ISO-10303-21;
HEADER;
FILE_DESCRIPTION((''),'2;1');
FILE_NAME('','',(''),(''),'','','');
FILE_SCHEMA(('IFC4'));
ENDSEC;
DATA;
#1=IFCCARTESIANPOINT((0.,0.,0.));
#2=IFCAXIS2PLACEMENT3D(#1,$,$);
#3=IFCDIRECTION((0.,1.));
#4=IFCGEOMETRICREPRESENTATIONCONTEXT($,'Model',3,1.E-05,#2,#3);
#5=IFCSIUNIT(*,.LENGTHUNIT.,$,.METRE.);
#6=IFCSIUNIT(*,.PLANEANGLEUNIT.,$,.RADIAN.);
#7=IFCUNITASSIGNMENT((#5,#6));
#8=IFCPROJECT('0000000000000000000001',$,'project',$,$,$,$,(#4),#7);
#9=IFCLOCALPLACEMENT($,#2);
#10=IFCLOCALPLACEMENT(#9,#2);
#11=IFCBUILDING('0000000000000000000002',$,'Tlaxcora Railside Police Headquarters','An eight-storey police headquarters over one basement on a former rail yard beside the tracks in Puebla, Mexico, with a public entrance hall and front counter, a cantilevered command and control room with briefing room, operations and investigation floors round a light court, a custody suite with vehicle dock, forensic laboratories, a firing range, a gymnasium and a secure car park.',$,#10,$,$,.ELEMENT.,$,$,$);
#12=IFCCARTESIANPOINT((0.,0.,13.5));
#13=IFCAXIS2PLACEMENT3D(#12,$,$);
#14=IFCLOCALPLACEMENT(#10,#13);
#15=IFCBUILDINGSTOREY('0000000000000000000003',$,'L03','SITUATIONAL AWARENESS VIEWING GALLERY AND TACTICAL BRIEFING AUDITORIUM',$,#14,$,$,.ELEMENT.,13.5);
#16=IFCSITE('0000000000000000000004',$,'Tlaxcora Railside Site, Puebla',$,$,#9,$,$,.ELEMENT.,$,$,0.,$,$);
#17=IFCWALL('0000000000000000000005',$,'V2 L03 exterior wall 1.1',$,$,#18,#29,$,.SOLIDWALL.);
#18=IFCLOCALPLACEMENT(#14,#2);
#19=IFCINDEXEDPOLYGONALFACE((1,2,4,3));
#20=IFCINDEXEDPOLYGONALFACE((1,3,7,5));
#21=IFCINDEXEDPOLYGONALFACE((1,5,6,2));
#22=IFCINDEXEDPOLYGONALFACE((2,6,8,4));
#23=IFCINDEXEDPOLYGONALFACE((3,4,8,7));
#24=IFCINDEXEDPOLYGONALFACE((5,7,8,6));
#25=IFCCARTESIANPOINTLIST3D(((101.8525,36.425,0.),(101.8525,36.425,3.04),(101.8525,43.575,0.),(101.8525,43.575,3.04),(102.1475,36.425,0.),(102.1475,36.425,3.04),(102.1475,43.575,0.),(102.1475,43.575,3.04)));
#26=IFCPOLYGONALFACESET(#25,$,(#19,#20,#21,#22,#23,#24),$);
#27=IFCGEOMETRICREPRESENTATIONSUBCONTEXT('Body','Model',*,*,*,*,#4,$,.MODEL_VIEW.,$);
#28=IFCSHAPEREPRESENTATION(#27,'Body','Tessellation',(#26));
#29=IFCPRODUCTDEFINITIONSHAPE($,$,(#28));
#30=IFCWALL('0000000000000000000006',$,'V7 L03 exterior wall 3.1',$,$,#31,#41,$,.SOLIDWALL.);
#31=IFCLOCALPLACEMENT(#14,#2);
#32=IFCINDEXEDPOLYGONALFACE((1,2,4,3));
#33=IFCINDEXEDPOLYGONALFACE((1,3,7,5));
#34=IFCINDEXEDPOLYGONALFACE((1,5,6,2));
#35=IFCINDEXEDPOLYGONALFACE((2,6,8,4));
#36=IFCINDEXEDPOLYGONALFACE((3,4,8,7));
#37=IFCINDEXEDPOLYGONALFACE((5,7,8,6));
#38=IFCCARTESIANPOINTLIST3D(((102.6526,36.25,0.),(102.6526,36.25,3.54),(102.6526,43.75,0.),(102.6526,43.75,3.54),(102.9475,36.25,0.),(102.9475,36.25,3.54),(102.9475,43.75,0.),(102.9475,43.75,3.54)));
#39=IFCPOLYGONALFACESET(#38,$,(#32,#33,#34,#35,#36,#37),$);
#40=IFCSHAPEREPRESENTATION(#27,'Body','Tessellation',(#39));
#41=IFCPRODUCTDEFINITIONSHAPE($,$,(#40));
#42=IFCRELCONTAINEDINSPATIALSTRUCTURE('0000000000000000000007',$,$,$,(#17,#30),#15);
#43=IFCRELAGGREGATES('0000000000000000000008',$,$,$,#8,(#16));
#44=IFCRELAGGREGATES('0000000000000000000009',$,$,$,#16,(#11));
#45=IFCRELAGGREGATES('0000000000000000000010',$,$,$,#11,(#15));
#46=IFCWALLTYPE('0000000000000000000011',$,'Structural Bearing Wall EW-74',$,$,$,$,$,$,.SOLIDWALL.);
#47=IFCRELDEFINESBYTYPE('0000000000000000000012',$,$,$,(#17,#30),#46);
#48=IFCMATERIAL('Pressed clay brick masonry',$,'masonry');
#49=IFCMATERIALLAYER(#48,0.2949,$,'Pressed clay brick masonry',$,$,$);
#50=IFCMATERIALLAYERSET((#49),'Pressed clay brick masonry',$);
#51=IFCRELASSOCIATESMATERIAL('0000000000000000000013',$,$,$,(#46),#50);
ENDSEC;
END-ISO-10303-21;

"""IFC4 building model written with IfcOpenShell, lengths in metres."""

from ifc_helpers import new_model, si_unit, direction, frame, frame_2d, origin, place, context, subcontext, project, spatial, rectangle, extrude, material, layer, layer_set, type_object, element, save


model = new_model("IFC4")

# Units and contexts
model_context = context("Model", 3, precision=1e-05, world=origin(), true_north=direction((0.0, 1.0)))
body_context = subcontext(model_context, "Body", "Model", "MODEL_VIEW")
ifc_project = project(units=[si_unit("LENGTHUNIT", "METRE"), si_unit("PLANEANGLEUNIT", "RADIAN")], contexts=[model_context])

# Site, building, storey
site_placement = place(None, origin())
site = spatial("IfcSite", under=ifc_project, at=site_placement, Name="Tlaxcora Railside Site, Puebla", CompositionType="ELEMENT", RefElevation=0.0)
building_placement = place(site_placement, origin())
building = spatial("IfcBuilding", under=site, at=building_placement, Name="Tlaxcora Railside Police Headquarters", Description="An eight-storey police headquarters over one basement on a former rail yard beside the tracks in Puebla, Mexico, with a public entrance hall and front counter, a cantilevered command and control room with briefing room, operations and investigation floors round a light court, a custody suite with vehicle dock, forensic laboratories, a firing range, a gymnasium and a secure car park.", CompositionType="ELEMENT")
storey_placement = place(building_placement, frame((0.0, 0.0, 13.5)))
storey = spatial("IfcBuildingStorey", under=building, at=storey_placement, Name="L03", Description="SITUATIONAL AWARENESS VIEWING GALLERY AND TACTICAL BRIEFING AUDITORIUM", CompositionType="ELEMENT", Elevation=13.5)

# Walls
ifc_material_1 = material(Name="Pressed clay brick masonry", Category="masonry")
ifc_layer_1 = layer(ifc_material_1, 0.2949, Name="Pressed clay brick masonry")
ifc_layer_set_1 = layer_set([ifc_layer_1], Name="Pressed clay brick masonry")
wall_type_1 = type_object("IfcWallType", Name="Structural Bearing Wall EW-74", PredefinedType="SOLIDWALL", material=ifc_layer_set_1)
wall_1_placement = place(storey_placement, frame((102.0, 36.425, 0.0), z_axis=(0.0, 0.0, 1.0), x_axis=(0.0, 1.0, 0.0)))
element("IfcWall", 1, at=wall_1_placement, inside=storey, type_object=wall_type_1, Name="V2 L03 exterior wall 1.1", PredefinedType="SOLIDWALL", context=body_context, shape_type="SweptSolid", body=[
    extrude(rectangle(XDim=7.1499, YDim=0.2949, at=frame_2d((3.575, 0.0))), origin(), (0.0, 0.0, 1.0), 3.04),
])
wall_2_placement = place(storey_placement, frame((102.8, 43.75, 0.0), z_axis=(0.0, 0.0, 1.0), x_axis=(0.0, -1.0, 0.0)))
element("IfcWall", 2, at=wall_2_placement, inside=storey, type_object=wall_type_1, Name="V7 L03 exterior wall 3.1", PredefinedType="SOLIDWALL", context=body_context, shape_type="SweptSolid", body=[
    extrude(rectangle(XDim=7.5, YDim=0.2949, at=frame_2d((3.75, 0.0))), origin(), (0.0, 0.0, 1.0), 3.54),
])

save(model, "model.ifc")
